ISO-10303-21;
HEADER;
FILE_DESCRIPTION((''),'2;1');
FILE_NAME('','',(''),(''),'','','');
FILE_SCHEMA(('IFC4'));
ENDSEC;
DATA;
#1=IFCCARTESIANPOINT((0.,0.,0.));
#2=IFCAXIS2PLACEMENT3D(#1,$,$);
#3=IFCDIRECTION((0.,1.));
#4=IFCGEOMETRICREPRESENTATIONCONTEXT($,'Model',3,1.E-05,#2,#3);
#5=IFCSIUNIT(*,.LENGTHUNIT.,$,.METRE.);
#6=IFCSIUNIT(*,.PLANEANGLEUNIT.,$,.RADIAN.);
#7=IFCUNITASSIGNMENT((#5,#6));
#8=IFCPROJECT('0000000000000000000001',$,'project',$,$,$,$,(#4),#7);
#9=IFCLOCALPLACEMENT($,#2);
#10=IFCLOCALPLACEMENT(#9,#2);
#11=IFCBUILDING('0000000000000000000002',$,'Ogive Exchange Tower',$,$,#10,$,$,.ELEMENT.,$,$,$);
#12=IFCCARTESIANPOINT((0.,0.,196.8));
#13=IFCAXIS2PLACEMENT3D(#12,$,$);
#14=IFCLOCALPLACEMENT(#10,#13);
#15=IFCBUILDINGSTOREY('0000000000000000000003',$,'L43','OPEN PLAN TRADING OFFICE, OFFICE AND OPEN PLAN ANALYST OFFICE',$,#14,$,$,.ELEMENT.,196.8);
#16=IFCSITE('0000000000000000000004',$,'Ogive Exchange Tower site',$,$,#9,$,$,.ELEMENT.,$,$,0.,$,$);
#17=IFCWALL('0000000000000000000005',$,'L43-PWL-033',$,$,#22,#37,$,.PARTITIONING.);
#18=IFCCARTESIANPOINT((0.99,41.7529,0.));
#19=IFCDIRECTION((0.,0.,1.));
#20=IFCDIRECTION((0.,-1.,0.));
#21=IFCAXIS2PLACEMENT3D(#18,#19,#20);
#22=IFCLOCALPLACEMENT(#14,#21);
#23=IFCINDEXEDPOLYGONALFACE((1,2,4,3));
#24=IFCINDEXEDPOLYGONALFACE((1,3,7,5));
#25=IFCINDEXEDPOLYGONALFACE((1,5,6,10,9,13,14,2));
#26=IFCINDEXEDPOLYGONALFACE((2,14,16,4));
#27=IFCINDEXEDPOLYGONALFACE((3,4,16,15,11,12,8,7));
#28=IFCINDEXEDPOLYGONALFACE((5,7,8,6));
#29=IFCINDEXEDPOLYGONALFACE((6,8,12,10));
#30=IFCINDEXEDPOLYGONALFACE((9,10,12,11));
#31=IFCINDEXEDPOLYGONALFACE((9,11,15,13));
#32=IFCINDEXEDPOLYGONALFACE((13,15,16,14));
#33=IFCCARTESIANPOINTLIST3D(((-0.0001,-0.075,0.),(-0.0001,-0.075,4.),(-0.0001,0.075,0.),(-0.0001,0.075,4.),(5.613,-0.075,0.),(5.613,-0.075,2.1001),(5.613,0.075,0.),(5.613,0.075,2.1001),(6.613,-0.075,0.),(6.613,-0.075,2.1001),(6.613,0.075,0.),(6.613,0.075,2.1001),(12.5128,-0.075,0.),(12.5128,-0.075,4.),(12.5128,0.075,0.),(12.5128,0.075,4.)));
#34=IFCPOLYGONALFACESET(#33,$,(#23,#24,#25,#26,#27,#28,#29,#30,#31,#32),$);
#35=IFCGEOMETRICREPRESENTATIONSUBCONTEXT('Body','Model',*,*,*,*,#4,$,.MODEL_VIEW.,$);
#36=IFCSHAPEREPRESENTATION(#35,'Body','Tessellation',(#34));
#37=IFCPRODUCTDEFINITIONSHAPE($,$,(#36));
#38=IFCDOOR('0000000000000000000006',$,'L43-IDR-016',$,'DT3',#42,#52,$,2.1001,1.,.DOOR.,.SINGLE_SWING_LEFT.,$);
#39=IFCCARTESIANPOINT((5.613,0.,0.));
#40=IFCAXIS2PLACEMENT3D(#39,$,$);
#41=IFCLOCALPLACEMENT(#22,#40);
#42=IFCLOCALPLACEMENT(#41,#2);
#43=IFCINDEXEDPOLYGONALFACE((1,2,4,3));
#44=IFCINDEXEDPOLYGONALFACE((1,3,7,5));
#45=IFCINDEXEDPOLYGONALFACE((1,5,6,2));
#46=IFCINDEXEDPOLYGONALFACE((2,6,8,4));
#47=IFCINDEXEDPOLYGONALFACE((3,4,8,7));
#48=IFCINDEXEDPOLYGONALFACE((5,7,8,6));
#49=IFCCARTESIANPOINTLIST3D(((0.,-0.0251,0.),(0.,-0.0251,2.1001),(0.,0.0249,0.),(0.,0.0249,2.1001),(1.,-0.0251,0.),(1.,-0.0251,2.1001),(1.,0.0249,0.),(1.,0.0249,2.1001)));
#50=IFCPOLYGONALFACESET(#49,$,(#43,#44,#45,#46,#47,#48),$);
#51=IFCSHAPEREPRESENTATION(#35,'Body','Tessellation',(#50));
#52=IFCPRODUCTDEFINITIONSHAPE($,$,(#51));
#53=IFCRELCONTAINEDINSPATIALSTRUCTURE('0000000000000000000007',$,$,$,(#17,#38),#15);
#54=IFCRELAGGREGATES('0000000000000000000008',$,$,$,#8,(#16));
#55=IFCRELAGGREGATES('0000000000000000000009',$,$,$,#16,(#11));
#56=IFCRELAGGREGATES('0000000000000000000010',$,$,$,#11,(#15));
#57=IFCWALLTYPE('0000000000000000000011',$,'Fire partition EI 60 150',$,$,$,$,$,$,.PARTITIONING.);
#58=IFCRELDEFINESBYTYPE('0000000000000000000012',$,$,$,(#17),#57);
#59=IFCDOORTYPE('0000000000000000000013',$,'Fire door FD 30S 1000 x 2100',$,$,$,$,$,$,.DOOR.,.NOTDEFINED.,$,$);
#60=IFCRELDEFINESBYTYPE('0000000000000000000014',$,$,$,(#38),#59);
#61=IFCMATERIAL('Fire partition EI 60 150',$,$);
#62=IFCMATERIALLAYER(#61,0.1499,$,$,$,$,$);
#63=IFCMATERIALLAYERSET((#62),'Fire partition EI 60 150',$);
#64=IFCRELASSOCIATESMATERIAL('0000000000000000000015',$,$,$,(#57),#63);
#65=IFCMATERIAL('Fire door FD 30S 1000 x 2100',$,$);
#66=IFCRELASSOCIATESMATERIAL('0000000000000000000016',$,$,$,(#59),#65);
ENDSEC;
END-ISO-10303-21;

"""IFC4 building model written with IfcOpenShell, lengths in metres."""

from ifc_helpers import new_model, si_unit, direction, frame, frame_2d, origin, place, context, subcontext, project, spatial, rectangle, extrude, material, layer, layer_set, type_object, element, fill, save


model = new_model("IFC4")

# Units and contexts
model_context = context("Model", 3, precision=1e-05, world=origin(), true_north=direction((0.0, 1.0)))
body_context = subcontext(model_context, "Body", "Model", "MODEL_VIEW")
ifc_project = project(units=[si_unit("LENGTHUNIT", "METRE"), si_unit("PLANEANGLEUNIT", "RADIAN")], contexts=[model_context])

# Site, building, storey
site_placement = place(None, origin())
site = spatial("IfcSite", under=ifc_project, at=site_placement, Name="Ogive Exchange Tower site", CompositionType="ELEMENT", RefElevation=0.0)
building_placement = place(site_placement, origin())
building = spatial("IfcBuilding", under=site, at=building_placement, Name="Ogive Exchange Tower", CompositionType="ELEMENT")
storey_placement = place(building_placement, frame((0.0, 0.0, 196.8)))
storey = spatial("IfcBuildingStorey", under=building, at=storey_placement, Name="L43", Description="OPEN PLAN TRADING OFFICE, OFFICE AND OPEN PLAN ANALYST OFFICE", CompositionType="ELEMENT", Elevation=196.8)

# Wall, opening, door
ifc_material_1 = material(Name="Fire partition EI 60 150")
ifc_layer_1 = layer(ifc_material_1, 0.1499)
ifc_layer_set_1 = layer_set([ifc_layer_1], Name="Fire partition EI 60 150")
wall_type_1 = type_object("IfcWallType", Name="Fire partition EI 60 150", PredefinedType="PARTITIONING", material=ifc_layer_set_1)
ifc_material_2 = material(Name="Fire door FD 30S 1000 x 2100")
door_type_1 = type_object("IfcDoorType", Name="Fire door FD 30S 1000 x 2100", OperationType="NOTDEFINED", PredefinedType="DOOR", material=ifc_material_2)
wall_1_placement = place(storey_placement, frame((0.99, 41.7529, 0.0), z_axis=(0.0, 0.0, 1.0), x_axis=(0.0, -1.0, 0.0)))
wall_1 = element("IfcWall", 1, at=wall_1_placement, inside=storey, type_object=wall_type_1, Name="L43-PWL-033", PredefinedType="PARTITIONING", context=body_context, shape_type="SweptSolid", body=[
    extrude(rectangle(XDim=12.5129, YDim=0.1499, at=frame_2d((6.2563, 0.0))), origin(), (0.0, 0.0, 1.0), 4.0),
])
opening_1_placement = place(wall_1_placement, frame((5.613, 0.0, 0.0)))
opening_1 = element("IfcOpeningElement", 2, at=opening_1_placement, cuts=wall_1, PredefinedType="OPENING", context=body_context, shape_type="SweptSolid", body=[
    extrude(rectangle(XDim=1.0, YDim=2.1001, at=frame_2d((0.5, 1.05))), frame((0.0, 0.085, 0.0), z_axis=(0.0, -1.0, 0.0), x_axis=(1.0, 0.0, 0.0)), (0.0, 0.0, 1.0), 0.1699),
])
door_1_placement = place(opening_1_placement, origin())
door_1 = element("IfcDoor", 3, at=door_1_placement, inside=storey, type_object=door_type_1, Name="L43-IDR-016", ObjectType="DT3", OperationType="SINGLE_SWING_LEFT", OverallHeight=2.1001, OverallWidth=1.0, PredefinedType="DOOR", context=body_context, shape_type="SweptSolid", body=[
    extrude(rectangle(XDim=1.0, YDim=2.1001, at=frame_2d((0.5, 1.05))), frame((0.0, 0.0249, 0.0), z_axis=(0.0, -1.0, 0.0), x_axis=(1.0, 0.0, 0.0)), (0.0, 0.0, 1.0), 0.05),
])
fill(opening_1, door_1)

save(model, "model.ifc")
